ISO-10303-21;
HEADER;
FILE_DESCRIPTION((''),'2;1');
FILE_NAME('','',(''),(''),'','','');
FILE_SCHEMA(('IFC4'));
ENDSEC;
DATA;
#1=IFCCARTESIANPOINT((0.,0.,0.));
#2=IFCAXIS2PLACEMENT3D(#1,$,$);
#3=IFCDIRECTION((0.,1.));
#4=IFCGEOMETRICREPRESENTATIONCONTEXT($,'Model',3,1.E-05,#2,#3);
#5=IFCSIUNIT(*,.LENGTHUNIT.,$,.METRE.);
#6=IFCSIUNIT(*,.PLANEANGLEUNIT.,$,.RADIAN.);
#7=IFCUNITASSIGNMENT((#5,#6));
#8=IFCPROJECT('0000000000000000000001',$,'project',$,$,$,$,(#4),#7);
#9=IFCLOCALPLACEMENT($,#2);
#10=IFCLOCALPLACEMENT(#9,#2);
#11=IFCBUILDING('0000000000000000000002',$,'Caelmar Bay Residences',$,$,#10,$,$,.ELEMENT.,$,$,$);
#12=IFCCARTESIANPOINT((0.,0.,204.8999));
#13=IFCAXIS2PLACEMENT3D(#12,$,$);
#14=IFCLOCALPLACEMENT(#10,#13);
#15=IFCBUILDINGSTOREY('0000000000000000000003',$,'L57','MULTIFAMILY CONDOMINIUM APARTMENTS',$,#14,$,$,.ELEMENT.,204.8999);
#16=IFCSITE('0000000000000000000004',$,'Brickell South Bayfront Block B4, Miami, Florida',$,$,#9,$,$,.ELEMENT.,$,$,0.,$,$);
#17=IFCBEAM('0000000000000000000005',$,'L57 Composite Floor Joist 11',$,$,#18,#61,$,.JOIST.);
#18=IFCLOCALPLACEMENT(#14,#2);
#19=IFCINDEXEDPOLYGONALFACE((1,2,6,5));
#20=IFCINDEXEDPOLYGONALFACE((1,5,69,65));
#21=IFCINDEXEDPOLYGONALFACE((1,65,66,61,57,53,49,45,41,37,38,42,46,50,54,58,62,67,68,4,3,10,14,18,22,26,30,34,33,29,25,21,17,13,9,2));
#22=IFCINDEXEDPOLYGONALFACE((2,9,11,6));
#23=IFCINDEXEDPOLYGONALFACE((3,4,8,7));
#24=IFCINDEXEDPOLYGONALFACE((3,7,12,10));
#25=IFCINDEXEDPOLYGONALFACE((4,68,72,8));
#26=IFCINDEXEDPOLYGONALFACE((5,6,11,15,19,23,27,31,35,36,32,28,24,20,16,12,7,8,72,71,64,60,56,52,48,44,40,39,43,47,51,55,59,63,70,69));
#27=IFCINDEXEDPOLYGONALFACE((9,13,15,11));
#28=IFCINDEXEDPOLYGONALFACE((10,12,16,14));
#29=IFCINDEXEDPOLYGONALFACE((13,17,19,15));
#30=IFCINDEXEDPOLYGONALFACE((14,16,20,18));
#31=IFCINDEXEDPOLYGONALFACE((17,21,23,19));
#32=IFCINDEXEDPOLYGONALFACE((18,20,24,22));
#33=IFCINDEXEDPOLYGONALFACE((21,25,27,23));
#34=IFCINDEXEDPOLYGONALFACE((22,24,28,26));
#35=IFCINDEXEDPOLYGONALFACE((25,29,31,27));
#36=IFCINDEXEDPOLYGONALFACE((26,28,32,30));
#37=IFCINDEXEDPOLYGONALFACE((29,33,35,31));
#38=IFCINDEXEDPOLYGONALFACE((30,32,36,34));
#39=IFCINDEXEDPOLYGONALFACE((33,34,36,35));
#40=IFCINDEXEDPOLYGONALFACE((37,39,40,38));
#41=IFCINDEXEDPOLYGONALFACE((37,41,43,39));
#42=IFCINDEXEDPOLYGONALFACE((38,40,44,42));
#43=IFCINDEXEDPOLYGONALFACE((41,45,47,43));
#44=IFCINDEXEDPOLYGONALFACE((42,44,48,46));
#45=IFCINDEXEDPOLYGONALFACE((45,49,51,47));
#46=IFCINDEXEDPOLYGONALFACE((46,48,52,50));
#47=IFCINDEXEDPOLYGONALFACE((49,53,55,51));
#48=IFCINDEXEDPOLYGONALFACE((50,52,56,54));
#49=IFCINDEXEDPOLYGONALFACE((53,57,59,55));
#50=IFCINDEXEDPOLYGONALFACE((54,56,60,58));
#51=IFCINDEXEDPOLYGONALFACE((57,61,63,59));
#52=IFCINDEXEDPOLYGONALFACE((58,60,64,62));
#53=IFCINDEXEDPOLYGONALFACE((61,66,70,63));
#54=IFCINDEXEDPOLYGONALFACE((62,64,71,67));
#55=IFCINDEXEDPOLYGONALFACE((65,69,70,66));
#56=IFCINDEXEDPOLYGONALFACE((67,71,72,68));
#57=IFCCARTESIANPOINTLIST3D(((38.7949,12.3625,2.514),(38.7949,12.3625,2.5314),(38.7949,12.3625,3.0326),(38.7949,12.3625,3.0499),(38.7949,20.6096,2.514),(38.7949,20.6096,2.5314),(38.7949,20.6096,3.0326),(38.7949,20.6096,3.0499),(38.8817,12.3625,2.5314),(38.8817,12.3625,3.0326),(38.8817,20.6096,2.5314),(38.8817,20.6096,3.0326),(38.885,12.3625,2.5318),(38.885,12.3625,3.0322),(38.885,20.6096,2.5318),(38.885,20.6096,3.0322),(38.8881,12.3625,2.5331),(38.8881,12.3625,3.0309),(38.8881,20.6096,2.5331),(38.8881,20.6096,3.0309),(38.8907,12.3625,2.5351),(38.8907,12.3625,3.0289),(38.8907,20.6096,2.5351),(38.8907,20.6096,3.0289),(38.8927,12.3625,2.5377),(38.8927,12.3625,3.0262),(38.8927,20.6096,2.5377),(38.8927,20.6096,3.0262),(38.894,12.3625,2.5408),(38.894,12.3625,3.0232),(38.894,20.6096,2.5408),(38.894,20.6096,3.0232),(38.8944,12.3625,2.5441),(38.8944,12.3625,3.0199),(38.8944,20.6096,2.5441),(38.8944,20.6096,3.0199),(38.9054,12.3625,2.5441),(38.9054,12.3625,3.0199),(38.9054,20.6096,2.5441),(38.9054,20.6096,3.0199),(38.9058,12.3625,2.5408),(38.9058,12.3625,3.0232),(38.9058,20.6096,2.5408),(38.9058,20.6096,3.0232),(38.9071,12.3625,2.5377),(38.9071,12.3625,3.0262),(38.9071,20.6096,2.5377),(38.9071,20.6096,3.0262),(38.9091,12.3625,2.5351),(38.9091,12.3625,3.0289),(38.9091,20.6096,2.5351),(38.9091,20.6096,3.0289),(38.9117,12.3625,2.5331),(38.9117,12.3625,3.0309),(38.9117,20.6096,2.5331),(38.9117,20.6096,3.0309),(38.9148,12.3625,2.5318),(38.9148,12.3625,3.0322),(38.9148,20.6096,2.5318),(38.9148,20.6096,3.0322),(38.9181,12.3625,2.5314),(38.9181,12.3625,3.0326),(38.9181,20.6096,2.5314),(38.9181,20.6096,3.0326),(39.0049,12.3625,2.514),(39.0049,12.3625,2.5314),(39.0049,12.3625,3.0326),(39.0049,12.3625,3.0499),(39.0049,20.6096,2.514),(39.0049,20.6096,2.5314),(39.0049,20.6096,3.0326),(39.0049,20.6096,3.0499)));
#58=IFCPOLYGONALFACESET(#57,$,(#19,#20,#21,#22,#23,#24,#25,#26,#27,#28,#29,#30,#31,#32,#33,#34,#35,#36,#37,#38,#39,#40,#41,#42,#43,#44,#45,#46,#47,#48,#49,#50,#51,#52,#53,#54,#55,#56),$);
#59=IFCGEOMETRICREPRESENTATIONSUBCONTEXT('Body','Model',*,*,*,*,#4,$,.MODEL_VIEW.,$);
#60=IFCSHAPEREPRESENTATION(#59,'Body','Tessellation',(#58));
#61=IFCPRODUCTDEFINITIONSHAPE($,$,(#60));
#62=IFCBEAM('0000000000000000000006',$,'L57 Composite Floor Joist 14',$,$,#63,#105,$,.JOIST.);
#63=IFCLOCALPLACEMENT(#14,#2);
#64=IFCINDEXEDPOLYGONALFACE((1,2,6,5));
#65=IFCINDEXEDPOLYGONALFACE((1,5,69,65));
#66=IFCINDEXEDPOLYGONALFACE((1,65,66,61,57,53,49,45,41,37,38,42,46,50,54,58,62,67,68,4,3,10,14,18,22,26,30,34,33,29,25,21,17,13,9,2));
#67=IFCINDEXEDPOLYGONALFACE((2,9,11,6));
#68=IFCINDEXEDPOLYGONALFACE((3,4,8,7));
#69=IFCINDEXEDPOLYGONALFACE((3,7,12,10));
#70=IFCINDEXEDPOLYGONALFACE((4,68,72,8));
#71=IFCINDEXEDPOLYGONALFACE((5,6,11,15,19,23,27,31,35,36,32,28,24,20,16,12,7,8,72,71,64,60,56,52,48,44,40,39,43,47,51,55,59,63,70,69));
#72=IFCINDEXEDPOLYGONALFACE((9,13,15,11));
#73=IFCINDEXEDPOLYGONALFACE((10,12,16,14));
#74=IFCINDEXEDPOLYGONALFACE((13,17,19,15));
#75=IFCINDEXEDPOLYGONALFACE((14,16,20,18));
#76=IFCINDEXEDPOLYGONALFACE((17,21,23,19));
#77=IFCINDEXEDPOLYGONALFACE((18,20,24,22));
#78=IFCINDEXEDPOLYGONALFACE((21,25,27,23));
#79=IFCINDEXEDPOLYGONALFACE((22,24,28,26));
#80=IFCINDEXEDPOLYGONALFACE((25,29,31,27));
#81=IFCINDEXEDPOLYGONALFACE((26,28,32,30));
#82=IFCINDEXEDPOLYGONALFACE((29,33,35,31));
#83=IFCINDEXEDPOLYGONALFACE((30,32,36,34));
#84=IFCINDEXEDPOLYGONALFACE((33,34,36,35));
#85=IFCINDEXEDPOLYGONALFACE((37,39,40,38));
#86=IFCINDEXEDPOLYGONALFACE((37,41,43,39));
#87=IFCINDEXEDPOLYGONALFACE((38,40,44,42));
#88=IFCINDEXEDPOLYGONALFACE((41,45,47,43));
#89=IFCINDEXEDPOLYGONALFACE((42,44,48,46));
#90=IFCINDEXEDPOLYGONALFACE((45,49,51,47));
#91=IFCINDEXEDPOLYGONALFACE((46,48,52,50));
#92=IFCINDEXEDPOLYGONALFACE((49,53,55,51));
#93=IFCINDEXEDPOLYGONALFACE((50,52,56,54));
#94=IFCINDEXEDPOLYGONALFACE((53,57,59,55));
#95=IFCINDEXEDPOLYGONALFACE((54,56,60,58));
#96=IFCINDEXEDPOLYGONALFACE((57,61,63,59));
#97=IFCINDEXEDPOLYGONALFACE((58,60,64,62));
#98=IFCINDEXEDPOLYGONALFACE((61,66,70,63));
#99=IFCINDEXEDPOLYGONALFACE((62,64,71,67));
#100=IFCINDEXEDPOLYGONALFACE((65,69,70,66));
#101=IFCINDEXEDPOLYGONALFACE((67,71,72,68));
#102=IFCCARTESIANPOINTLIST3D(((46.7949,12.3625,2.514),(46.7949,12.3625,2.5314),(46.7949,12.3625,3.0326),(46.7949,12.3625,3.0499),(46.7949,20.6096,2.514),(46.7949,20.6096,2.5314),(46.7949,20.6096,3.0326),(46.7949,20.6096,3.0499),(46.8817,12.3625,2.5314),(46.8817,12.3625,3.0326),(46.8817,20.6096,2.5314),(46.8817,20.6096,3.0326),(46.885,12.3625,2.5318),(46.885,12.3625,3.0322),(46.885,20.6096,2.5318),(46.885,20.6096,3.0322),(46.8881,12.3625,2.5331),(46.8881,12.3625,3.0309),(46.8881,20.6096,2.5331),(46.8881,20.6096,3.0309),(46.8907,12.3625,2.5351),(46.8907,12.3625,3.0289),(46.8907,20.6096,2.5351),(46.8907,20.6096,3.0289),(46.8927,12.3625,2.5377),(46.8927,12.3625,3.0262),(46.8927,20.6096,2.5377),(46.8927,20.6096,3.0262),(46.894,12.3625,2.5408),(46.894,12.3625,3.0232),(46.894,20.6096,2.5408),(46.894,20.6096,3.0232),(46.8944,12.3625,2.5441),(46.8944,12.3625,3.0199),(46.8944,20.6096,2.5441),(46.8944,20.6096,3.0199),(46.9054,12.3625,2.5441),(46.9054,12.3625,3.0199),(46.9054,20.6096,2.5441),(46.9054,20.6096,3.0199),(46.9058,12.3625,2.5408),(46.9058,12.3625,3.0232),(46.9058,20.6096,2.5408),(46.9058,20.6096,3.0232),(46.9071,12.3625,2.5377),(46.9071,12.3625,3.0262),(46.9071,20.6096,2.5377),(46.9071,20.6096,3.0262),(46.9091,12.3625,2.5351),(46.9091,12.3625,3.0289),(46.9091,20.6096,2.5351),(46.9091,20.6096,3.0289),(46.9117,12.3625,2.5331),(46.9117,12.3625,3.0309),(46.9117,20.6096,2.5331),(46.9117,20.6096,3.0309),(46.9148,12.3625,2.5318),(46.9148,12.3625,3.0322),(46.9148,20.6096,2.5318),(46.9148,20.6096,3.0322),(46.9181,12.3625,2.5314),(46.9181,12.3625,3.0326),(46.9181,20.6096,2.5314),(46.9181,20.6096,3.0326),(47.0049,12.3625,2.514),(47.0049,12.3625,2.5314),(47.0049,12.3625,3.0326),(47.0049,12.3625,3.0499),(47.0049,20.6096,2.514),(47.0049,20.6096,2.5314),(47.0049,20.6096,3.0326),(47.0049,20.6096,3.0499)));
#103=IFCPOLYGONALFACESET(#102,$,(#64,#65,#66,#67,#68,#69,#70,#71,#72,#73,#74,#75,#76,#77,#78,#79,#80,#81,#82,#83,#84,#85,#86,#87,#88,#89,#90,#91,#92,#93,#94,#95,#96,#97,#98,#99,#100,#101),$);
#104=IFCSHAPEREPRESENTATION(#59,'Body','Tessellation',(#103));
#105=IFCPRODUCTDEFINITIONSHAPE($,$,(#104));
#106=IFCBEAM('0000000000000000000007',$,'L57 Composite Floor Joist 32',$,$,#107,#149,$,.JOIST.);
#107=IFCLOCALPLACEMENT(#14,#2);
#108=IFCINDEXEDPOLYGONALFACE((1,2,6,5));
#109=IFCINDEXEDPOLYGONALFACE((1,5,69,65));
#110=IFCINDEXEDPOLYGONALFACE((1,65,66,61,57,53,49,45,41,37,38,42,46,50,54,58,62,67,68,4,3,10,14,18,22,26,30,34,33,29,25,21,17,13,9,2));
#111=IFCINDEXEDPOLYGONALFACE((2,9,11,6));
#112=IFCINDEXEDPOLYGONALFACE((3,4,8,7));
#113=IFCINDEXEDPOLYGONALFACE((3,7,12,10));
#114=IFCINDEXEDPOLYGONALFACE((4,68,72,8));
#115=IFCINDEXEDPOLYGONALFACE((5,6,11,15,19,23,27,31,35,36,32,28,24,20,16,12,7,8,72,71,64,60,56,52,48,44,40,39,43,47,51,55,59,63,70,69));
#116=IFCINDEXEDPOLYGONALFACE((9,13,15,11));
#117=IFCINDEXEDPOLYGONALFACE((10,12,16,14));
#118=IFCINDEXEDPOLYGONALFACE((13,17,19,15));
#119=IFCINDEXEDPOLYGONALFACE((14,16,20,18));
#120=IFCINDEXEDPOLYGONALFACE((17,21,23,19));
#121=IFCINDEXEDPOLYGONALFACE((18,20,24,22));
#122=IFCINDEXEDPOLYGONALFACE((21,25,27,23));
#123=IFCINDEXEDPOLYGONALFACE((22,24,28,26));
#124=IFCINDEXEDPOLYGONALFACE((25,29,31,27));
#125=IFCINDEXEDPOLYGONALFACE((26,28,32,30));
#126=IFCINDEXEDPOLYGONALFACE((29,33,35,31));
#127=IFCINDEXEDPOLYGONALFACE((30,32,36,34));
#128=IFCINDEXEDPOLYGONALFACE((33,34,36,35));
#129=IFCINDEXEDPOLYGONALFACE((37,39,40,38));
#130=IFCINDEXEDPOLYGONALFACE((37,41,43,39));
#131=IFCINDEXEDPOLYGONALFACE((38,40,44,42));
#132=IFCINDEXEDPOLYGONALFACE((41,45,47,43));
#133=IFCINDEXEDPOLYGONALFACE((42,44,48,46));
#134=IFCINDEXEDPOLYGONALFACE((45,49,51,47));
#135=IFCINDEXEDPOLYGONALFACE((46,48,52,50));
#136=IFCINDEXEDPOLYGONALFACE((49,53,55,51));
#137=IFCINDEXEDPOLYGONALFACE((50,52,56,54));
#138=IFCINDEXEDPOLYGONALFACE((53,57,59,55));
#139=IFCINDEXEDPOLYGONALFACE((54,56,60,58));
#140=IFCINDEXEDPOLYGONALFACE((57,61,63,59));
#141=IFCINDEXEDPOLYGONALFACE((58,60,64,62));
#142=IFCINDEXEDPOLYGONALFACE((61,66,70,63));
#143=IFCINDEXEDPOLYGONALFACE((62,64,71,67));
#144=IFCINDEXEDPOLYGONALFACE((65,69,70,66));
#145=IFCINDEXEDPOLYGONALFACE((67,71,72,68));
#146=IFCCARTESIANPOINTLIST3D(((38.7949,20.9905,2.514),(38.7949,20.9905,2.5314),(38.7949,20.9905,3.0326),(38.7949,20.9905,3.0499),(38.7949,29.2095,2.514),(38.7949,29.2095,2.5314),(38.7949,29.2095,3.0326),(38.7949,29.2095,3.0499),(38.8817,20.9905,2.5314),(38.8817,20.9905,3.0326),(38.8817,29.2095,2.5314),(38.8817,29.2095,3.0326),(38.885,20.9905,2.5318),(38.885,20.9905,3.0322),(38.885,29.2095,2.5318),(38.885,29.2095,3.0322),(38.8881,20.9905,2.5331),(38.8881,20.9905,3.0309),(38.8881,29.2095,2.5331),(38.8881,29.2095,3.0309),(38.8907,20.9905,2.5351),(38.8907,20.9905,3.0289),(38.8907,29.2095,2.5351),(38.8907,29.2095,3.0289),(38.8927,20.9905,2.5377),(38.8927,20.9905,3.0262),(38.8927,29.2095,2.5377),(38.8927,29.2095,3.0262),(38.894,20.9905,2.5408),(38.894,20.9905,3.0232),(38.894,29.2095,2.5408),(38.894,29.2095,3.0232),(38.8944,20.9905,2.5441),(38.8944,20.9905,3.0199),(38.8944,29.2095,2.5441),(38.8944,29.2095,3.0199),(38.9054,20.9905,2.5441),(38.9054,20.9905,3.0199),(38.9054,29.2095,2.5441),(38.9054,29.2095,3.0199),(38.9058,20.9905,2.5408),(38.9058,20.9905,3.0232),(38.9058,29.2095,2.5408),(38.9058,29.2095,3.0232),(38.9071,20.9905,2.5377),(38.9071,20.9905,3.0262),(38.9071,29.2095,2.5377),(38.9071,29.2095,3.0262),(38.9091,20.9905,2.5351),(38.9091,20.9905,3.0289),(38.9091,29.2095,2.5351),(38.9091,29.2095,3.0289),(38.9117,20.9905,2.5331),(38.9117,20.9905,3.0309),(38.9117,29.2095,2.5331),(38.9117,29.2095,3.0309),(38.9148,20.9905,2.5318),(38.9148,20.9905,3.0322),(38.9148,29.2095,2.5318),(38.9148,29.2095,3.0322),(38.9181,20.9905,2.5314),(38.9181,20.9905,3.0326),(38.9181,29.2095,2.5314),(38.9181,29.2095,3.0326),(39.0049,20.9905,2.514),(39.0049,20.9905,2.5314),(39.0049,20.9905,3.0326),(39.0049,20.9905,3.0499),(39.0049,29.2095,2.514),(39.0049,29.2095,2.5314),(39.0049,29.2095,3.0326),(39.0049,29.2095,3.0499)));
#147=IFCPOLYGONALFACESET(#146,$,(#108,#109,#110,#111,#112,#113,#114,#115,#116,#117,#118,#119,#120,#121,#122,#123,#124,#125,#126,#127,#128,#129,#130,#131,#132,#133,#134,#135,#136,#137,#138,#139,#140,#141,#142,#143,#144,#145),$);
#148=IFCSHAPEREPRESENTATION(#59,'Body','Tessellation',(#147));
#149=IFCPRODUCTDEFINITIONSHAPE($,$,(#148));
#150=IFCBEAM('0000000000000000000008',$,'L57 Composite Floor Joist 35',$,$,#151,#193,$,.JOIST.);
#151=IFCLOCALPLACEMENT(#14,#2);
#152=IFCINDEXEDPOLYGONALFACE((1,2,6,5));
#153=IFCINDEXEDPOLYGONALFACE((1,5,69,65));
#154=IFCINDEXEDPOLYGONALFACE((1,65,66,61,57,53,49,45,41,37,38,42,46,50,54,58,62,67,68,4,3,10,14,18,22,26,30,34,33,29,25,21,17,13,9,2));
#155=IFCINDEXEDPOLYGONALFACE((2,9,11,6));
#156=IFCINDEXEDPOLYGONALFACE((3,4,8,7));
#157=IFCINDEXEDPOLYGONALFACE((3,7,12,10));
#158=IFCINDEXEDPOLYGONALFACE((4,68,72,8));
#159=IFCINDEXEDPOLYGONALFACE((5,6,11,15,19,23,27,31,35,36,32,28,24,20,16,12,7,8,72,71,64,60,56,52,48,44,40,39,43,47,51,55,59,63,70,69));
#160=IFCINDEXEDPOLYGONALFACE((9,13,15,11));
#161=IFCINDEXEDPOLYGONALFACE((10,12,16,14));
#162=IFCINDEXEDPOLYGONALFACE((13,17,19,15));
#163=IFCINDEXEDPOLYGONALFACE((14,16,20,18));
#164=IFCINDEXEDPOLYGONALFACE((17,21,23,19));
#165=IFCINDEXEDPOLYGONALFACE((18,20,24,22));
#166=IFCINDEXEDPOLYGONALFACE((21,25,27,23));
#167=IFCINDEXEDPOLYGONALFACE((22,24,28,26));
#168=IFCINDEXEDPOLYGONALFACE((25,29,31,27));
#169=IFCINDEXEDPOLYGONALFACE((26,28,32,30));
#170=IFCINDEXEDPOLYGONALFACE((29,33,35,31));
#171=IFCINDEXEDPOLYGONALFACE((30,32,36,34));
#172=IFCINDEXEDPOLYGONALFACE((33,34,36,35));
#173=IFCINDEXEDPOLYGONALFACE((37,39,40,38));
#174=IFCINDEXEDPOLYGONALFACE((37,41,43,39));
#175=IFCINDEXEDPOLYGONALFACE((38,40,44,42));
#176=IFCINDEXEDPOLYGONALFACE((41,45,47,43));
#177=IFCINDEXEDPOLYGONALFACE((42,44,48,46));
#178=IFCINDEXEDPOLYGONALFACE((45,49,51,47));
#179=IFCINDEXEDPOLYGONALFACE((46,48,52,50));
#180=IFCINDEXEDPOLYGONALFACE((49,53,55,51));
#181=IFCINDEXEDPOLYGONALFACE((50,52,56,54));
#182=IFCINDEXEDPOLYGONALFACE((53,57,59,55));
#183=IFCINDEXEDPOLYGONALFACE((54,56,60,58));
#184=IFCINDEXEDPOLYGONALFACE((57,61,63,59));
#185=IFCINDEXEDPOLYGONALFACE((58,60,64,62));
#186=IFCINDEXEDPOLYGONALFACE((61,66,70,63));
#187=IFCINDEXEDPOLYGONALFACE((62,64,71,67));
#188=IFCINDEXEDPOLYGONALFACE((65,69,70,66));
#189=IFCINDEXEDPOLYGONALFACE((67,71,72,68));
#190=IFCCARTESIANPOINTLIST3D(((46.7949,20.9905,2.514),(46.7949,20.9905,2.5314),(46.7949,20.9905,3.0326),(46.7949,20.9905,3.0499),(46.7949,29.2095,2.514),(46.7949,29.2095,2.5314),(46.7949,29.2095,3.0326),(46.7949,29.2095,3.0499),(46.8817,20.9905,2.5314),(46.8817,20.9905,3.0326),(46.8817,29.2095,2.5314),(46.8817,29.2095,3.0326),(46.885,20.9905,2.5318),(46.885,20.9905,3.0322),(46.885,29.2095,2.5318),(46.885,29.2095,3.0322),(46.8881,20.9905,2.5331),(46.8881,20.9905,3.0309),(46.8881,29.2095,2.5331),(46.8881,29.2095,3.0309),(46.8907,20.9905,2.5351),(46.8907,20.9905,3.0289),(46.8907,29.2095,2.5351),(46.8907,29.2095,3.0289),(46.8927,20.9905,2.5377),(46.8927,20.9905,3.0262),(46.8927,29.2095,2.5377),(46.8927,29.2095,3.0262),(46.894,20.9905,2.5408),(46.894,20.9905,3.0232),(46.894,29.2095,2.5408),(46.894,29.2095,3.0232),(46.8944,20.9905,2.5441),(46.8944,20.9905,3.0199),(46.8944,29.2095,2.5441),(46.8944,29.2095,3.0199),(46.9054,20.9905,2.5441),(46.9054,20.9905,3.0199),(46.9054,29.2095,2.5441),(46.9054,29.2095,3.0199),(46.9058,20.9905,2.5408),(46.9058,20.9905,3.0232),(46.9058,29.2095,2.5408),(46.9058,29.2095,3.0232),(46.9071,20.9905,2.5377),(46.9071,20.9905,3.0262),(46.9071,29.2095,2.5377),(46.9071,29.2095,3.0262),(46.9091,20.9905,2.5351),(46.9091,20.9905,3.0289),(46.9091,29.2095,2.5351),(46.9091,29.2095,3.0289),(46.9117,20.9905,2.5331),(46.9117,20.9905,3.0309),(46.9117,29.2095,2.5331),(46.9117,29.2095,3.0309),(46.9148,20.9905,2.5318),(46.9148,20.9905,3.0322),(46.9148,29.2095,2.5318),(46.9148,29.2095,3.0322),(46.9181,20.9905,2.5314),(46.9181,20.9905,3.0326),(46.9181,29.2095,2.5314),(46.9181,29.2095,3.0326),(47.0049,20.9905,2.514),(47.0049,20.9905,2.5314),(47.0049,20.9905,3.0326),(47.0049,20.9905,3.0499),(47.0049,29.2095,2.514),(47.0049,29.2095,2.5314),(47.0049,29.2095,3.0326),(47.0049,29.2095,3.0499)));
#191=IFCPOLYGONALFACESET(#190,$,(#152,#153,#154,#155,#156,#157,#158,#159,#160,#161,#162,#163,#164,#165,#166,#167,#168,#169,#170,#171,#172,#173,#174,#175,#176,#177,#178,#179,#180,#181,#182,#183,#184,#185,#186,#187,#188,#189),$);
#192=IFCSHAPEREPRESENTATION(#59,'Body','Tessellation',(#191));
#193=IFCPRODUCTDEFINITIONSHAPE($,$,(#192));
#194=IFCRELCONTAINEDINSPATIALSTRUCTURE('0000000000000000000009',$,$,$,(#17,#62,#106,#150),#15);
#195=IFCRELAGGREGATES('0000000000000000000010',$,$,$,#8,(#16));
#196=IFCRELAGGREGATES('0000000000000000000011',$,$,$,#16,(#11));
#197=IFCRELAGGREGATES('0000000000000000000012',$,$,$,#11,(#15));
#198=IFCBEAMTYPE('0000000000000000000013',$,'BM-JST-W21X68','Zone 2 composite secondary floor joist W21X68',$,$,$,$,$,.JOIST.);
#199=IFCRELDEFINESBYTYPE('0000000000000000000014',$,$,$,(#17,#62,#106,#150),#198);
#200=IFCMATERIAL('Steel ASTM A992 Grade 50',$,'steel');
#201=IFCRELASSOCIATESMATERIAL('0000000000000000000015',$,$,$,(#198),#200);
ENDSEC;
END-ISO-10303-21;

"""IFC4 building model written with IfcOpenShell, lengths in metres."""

from ifc_helpers import new_model, si_unit, direction, frame, origin, origin_2d, place, context, subcontext, project, spatial, i_section, extrude, material, material_profile, profile_set, type_object, element, save


model = new_model("IFC4")

# Units and contexts
model_context = context("Model", 3, precision=1e-05, world=origin(), true_north=direction((0.0, 1.0)))
body_context = subcontext(model_context, "Body", "Model", "MODEL_VIEW")
ifc_project = project(units=[si_unit("LENGTHUNIT", "METRE"), si_unit("PLANEANGLEUNIT", "RADIAN")], contexts=[model_context])

# Site, building, storey
site_placement = place(None, origin())
site = spatial("IfcSite", under=ifc_project, at=site_placement, Name="Brickell South Bayfront Block B4, Miami, Florida", CompositionType="ELEMENT", RefElevation=0.0)
building_placement = place(site_placement, origin())
building = spatial("IfcBuilding", under=site, at=building_placement, Name="Caelmar Bay Residences", CompositionType="ELEMENT")
storey_placement = place(building_placement, frame((0.0, 0.0, 204.8999)))
storey = spatial("IfcBuildingStorey", under=building, at=storey_placement, Name="L57", Description="MULTIFAMILY CONDOMINIUM APARTMENTS", CompositionType="ELEMENT", Elevation=204.8999)

# Beams
ifc_material_1 = material(Name="Steel ASTM A992 Grade 50", Category="steel")
ifc_material_profile_1 = material_profile(ifc_material_1, i_section(OverallWidth=0.21, OverallDepth=0.5359, WebThickness=0.011, FlangeThickness=0.0173, FilletRadius=0.0127, at=origin_2d()), Name="W21X68")
ifc_profile_set_1 = profile_set([ifc_material_profile_1], Name="Steel ASTM A992 Grade 50")
beam_type_1 = type_object("IfcBeamType", Name="BM-JST-W21X68", Description="Zone 2 composite secondary floor joist W21X68", PredefinedType="JOIST", material=ifc_profile_set_1)
for number, where, z_axis, x_axis, name in (
    (1, (38.8999, 12.3625, 2.782), (0.0, 1.0, 0.0), (-1.0, 0.0, 0.0), "L57 Composite Floor Joist 11"),
    (2, (46.8999, 12.3625, 2.782), (0.0, 1.0, 0.0), (-1.0, 0.0, 0.0), "L57 Composite Floor Joist 14"),
):
    element("IfcBeam", number, at=place(storey_placement, frame(where, z_axis=z_axis, x_axis=x_axis)), inside=storey, type_object=beam_type_1, Name=name, PredefinedType="JOIST", context=body_context, shape_type="SweptSolid", body=[
        extrude(i_section(OverallWidth=0.21, OverallDepth=0.5359, WebThickness=0.011, FlangeThickness=0.0173, FilletRadius=0.0127, at=origin_2d()), origin(), (0.0, 0.0, 1.0), 8.2471),
    ])
for number, where, z_axis, x_axis, name in (
    (3, (38.8999, 20.9905, 2.782), (0.0, 1.0, 0.0), (-1.0, 0.0, 0.0), "L57 Composite Floor Joist 32"),
    (4, (46.8999, 20.9905, 2.782), (0.0, 1.0, 0.0), (-1.0, 0.0, 0.0), "L57 Composite Floor Joist 35"),
):
    element("IfcBeam", number, at=place(storey_placement, frame(where, z_axis=z_axis, x_axis=x_axis)), inside=storey, type_object=beam_type_1, Name=name, PredefinedType="JOIST", context=body_context, shape_type="SweptSolid", body=[
        extrude(i_section(OverallWidth=0.21, OverallDepth=0.5359, WebThickness=0.011, FlangeThickness=0.0173, FilletRadius=0.0127, at=origin_2d()), origin(), (0.0, 0.0, 1.0), 8.219),
    ])

save(model, "model.ifc")
